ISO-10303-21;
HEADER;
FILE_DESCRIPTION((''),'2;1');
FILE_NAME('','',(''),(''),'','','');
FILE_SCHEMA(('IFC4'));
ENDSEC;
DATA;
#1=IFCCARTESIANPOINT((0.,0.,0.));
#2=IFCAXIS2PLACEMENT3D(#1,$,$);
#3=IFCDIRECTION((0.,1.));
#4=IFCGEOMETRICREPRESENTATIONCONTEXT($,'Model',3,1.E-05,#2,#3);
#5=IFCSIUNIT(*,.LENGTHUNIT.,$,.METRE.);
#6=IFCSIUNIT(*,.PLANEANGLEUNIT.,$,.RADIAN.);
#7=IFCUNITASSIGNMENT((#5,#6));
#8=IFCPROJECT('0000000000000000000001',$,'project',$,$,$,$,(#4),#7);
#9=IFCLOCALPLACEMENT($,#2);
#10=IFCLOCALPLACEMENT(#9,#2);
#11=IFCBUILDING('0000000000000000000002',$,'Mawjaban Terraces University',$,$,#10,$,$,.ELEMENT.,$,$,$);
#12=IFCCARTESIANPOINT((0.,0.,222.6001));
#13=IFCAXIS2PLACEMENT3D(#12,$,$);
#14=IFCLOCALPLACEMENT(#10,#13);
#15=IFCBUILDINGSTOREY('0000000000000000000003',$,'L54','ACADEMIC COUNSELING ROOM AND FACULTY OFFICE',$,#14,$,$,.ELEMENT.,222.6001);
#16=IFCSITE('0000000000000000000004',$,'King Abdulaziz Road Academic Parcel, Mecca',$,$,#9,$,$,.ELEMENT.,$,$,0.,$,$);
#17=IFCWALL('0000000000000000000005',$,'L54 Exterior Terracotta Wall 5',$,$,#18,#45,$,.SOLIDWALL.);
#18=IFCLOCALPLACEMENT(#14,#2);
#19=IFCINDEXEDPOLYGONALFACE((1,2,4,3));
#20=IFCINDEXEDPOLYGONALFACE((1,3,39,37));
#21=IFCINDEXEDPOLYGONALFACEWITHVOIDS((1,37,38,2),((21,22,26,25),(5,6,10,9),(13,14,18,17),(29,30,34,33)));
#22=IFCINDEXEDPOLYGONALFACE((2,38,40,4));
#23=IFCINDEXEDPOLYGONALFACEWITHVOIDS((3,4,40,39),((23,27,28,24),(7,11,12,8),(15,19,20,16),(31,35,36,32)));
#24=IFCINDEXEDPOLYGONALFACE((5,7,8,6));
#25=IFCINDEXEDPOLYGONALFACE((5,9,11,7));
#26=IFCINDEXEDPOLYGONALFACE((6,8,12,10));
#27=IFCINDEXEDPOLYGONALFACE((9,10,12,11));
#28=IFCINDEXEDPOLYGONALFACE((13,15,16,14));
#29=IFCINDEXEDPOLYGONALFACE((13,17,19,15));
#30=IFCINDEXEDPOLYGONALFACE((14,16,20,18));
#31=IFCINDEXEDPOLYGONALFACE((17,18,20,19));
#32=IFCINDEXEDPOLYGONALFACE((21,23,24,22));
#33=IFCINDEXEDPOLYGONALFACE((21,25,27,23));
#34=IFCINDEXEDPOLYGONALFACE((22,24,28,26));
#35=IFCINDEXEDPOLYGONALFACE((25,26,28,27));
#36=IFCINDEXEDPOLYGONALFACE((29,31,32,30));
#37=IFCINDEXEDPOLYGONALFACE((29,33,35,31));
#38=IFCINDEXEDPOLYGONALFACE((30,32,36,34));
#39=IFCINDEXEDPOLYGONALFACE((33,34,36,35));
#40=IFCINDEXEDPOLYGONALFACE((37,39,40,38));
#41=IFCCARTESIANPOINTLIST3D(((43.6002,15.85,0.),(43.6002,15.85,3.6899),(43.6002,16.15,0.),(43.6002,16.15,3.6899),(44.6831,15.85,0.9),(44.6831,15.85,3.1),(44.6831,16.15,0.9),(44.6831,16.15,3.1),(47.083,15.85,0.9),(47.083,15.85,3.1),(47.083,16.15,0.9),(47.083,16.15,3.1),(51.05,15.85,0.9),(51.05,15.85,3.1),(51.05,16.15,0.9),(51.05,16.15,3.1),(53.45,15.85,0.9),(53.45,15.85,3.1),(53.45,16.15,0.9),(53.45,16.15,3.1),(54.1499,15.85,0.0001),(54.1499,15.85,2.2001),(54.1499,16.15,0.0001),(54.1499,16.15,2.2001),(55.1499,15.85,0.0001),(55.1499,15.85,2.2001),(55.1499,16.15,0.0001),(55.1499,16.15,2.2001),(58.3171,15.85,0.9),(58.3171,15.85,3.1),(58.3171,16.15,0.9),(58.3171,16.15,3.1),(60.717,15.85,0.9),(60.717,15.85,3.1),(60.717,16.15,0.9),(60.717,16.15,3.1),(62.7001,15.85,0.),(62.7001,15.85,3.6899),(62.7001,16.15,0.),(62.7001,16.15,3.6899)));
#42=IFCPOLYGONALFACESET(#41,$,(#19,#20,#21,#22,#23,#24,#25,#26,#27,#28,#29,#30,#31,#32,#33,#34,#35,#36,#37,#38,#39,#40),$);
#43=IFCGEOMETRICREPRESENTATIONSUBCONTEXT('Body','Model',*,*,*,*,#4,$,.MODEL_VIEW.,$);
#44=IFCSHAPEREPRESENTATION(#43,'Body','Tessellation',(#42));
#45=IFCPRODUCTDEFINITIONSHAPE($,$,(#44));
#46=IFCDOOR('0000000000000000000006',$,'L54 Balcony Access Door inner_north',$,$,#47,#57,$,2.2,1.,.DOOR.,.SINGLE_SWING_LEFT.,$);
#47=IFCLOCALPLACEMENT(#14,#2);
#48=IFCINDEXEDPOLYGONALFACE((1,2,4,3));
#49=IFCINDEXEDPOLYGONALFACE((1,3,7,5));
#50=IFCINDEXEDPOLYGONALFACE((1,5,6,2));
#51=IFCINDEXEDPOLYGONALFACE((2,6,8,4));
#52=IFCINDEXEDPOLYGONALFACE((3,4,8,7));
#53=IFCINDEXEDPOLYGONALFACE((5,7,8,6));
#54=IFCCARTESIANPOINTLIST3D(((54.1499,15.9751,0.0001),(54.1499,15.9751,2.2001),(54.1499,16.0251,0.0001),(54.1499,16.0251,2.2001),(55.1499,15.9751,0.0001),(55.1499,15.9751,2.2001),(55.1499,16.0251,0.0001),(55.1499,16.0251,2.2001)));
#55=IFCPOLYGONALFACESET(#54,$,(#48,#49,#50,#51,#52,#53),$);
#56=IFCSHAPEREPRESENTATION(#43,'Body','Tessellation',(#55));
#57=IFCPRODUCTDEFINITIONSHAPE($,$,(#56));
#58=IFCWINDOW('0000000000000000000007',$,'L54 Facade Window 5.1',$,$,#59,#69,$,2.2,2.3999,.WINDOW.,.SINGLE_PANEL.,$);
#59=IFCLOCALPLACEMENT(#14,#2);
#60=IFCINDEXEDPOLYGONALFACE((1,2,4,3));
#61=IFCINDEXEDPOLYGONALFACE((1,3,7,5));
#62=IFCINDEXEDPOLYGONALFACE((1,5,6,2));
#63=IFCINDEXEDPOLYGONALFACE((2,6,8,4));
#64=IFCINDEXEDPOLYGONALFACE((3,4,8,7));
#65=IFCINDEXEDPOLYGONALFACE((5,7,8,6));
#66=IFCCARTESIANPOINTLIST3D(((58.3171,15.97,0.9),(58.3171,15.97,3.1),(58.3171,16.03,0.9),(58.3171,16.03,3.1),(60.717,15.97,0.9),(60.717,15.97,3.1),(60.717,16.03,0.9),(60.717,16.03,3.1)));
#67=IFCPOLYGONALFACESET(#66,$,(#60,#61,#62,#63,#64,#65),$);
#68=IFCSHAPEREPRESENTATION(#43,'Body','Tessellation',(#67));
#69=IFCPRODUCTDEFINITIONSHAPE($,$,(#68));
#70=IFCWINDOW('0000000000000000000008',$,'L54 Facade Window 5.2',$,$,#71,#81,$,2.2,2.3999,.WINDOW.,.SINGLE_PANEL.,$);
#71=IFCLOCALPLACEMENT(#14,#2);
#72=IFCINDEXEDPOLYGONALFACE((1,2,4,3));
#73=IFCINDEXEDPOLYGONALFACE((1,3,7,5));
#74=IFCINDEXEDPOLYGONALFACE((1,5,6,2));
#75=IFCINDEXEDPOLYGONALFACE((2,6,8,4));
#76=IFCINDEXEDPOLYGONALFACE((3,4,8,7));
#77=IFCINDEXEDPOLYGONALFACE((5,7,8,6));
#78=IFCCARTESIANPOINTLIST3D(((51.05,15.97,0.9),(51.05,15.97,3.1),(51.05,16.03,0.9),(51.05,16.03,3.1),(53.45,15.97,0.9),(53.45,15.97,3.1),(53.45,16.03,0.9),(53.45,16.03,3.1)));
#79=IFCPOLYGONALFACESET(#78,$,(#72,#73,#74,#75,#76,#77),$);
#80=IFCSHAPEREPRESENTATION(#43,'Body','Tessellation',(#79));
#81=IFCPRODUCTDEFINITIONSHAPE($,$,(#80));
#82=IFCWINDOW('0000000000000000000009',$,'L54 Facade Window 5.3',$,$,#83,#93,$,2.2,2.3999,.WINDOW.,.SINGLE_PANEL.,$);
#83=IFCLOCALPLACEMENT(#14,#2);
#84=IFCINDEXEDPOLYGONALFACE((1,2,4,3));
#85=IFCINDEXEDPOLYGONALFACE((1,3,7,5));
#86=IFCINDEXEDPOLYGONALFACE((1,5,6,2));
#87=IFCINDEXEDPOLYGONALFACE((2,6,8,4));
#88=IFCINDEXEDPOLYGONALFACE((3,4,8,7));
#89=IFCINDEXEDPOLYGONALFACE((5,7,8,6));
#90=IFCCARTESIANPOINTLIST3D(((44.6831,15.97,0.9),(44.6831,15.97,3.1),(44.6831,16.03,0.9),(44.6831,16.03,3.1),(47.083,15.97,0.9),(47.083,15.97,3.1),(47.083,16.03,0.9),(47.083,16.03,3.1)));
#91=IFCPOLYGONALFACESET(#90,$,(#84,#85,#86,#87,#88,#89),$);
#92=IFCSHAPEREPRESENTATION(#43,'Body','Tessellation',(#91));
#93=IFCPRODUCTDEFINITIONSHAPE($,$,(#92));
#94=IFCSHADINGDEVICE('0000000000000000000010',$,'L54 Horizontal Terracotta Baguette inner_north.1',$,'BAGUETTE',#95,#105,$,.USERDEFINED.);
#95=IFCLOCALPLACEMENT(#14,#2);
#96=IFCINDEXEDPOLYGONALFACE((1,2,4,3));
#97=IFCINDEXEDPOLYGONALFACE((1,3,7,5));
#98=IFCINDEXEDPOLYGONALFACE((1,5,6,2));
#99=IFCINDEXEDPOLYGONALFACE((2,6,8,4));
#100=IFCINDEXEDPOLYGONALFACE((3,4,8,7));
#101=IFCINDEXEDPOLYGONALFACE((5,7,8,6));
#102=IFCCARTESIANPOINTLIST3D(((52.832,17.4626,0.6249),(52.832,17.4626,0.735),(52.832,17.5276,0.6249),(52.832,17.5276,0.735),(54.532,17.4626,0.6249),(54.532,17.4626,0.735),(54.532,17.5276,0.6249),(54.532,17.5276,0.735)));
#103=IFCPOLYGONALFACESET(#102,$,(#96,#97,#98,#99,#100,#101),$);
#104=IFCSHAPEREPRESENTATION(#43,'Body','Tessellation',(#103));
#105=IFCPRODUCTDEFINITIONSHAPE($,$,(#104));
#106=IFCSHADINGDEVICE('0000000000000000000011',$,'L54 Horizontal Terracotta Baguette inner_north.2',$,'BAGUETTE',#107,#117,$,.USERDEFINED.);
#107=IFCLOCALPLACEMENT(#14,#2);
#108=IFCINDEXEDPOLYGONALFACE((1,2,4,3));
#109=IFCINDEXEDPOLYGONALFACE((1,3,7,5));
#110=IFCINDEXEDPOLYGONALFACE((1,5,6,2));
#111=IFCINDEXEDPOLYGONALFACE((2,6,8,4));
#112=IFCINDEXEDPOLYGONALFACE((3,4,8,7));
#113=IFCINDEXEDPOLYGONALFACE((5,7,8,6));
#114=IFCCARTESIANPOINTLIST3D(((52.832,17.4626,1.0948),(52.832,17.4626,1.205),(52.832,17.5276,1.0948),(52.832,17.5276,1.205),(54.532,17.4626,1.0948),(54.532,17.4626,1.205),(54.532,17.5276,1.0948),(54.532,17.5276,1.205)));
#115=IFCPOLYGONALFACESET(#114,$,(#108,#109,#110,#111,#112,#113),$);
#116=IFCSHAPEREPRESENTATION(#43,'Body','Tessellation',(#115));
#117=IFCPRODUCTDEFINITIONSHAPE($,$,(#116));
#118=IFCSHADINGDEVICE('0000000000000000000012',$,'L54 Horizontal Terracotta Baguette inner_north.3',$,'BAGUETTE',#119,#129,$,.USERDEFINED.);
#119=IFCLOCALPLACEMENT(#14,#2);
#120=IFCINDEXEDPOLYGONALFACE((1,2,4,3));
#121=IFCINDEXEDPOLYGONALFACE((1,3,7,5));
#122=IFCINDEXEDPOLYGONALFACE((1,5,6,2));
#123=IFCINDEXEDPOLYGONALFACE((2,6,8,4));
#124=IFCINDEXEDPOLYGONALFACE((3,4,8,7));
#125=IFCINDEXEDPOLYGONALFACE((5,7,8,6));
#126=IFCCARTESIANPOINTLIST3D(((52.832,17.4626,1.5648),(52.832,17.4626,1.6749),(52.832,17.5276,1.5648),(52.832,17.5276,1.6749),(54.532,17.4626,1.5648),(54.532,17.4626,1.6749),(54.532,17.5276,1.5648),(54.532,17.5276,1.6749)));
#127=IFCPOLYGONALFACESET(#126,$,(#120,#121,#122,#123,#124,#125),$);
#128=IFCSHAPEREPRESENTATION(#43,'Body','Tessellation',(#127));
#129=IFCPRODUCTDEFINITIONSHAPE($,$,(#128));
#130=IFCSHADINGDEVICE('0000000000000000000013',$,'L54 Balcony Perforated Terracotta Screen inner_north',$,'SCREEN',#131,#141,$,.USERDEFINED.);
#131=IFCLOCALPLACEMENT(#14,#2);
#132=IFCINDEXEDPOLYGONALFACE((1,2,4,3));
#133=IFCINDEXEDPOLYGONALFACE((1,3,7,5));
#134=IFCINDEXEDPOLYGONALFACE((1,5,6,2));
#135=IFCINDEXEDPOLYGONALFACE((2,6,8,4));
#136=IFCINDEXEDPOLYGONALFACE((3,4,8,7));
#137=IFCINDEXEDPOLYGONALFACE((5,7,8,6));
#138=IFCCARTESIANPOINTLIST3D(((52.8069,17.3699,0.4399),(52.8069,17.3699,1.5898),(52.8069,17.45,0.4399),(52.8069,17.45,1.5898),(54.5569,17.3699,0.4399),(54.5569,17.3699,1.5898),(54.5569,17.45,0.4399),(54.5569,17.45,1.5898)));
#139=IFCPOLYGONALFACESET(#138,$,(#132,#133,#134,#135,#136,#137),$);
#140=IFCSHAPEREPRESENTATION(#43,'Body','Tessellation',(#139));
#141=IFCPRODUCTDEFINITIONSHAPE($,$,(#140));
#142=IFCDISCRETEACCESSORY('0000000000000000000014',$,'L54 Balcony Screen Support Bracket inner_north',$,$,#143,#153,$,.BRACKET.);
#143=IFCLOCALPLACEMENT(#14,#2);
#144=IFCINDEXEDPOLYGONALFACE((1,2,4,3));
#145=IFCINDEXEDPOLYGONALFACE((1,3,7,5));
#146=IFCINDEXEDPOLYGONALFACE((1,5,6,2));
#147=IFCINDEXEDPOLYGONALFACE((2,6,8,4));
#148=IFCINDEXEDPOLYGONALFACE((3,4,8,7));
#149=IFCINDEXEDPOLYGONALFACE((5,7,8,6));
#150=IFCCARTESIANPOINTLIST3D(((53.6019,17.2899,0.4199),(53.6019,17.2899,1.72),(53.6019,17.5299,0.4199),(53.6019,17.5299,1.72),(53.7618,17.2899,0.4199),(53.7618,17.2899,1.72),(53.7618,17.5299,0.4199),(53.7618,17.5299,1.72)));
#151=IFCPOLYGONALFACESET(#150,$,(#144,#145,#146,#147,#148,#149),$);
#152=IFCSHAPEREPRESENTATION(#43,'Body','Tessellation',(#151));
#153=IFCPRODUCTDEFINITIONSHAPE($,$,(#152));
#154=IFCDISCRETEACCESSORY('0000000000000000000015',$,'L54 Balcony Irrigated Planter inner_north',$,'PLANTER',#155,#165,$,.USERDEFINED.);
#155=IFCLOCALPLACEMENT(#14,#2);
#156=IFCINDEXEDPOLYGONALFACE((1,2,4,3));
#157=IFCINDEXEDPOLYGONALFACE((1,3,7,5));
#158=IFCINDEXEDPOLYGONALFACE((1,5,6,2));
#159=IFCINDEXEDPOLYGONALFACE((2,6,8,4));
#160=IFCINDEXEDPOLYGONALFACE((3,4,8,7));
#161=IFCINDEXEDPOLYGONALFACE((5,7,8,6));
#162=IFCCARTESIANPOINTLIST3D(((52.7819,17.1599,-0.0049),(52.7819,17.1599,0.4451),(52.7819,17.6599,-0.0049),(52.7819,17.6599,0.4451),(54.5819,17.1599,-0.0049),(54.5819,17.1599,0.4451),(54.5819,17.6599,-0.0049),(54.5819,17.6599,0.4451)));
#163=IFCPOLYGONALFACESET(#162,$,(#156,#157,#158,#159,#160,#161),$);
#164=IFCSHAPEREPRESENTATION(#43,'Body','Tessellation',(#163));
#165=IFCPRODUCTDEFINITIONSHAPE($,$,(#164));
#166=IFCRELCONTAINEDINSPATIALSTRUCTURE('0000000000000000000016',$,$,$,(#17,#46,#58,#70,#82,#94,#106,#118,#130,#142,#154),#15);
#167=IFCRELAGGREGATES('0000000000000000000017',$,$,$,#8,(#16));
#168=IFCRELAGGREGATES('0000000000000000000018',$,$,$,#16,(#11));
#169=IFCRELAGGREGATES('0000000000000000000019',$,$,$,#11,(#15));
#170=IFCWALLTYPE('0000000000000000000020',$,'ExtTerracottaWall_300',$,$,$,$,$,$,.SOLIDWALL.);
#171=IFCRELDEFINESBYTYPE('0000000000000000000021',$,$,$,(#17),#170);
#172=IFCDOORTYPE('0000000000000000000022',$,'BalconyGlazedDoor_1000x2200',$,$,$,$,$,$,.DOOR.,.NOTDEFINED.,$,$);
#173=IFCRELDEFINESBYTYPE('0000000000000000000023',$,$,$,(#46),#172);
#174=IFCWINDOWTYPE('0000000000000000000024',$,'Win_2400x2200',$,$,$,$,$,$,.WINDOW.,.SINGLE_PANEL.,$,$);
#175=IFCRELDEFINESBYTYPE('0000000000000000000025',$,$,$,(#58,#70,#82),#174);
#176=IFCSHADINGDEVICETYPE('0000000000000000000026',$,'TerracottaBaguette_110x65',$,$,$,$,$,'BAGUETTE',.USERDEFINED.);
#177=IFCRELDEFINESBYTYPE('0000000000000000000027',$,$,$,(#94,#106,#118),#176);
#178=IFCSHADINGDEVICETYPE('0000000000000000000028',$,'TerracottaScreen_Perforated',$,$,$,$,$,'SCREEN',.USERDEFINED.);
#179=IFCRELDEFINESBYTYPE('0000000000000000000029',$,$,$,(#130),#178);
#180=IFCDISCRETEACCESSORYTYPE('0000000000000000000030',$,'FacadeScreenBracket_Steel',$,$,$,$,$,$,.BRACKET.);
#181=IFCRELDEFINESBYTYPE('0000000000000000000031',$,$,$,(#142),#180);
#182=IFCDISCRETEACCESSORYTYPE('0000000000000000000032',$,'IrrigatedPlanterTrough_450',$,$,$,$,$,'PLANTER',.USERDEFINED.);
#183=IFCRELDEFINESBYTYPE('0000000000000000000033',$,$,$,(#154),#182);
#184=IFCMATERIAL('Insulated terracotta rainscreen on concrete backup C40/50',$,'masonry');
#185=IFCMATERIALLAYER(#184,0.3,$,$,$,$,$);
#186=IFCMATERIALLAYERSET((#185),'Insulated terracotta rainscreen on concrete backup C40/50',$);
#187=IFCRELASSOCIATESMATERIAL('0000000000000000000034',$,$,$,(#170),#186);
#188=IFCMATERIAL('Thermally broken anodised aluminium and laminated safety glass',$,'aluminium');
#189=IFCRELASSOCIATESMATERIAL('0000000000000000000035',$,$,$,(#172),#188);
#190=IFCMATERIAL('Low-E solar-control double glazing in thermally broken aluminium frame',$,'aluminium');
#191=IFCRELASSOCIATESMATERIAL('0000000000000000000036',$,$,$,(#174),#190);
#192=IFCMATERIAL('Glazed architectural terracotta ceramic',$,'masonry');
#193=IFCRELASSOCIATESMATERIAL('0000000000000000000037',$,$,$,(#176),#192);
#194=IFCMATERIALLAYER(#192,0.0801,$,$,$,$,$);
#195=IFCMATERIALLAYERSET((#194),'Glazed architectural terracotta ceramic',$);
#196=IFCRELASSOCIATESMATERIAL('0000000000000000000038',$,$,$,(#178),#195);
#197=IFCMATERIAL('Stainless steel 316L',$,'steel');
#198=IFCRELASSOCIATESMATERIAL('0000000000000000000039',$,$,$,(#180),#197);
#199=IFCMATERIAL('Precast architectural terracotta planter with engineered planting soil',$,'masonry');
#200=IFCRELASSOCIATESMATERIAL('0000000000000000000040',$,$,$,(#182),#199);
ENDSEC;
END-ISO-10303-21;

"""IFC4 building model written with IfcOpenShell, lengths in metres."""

from ifc_helpers import new_model, si_unit, direction, frame, frame_2d, origin, origin_2d, place, context, subcontext, project, spatial, rectangle, extrude, material, layer, layer_set, material_profile, profile_set, type_object, element, fill, save


model = new_model("IFC4")

# Units and contexts
model_context = context("Model", 3, precision=1e-05, world=origin(), true_north=direction((0.0, 1.0)))
body_context = subcontext(model_context, "Body", "Model", "MODEL_VIEW")
ifc_project = project(units=[si_unit("LENGTHUNIT", "METRE"), si_unit("PLANEANGLEUNIT", "RADIAN")], contexts=[model_context])

# Site, building, storey
site_placement = place(None, origin())
site = spatial("IfcSite", under=ifc_project, at=site_placement, Name="King Abdulaziz Road Academic Parcel, Mecca", CompositionType="ELEMENT", RefElevation=0.0)
building_placement = place(site_placement, origin())
building = spatial("IfcBuilding", under=site, at=building_placement, Name="Mawjaban Terraces University", CompositionType="ELEMENT")
storey_placement = place(building_placement, frame((0.0, 0.0, 222.6001)))
storey = spatial("IfcBuildingStorey", under=building, at=storey_placement, Name="L54", Description="ACADEMIC COUNSELING ROOM AND FACULTY OFFICE", CompositionType="ELEMENT", Elevation=222.6001)

# Shared definitions
ifc_material_1 = material(Name="Insulated terracotta rainscreen on concrete backup C40/50", Category="masonry")
ifc_layer_1 = layer(ifc_material_1, 0.3)
ifc_layer_set_1 = layer_set([ifc_layer_1], Name="Insulated terracotta rainscreen on concrete backup C40/50")
wall_type = type_object("IfcWallType", Name="ExtTerracottaWall_300", PredefinedType="SOLIDWALL", material=ifc_layer_set_1)

# Wall, openings, door, windows
wall_1_placement = place(storey_placement, frame((62.7, 16.0, 0.0), z_axis=(0.0, 0.0, 1.0), x_axis=(-1.0, 0.0, 0.0)))
wall_1 = element("IfcWall", 1, at=wall_1_placement, inside=storey, type_object=wall_type, Name="L54 Exterior Terracotta Wall 5", PredefinedType="SOLIDWALL", context=body_context, shape_type="SweptSolid", body=[
    extrude(rectangle(XDim=19.0999, YDim=0.3, at=frame_2d((9.5498, 0.0))), origin(), (0.0, 0.0, 1.0), 3.6899),
])
opening_1_placement = place(wall_1_placement, frame((7.55, 0.0, 0.0)))
opening_1 = element("IfcOpeningElement", 2, at=opening_1_placement, cuts=wall_1, PredefinedType="OPENING", context=body_context, shape_type="SweptSolid", body=[
    extrude(rectangle(XDim=1.0, YDim=2.2, at=frame_2d((0.5, 1.1001))), frame((0.0, 0.1599, 0.0), z_axis=(0.0, -1.0, 0.0), x_axis=(1.0, 0.0, 0.0)), (0.0, 0.0, 1.0), 0.3201),
])
opening_2_placement = place(wall_1_placement, frame((1.9829, 0.0, 0.8999)))
opening_2 = element("IfcOpeningElement", 3, at=opening_2_placement, cuts=wall_1, PredefinedType="OPENING", context=body_context, shape_type="SweptSolid", body=[
    extrude(rectangle(XDim=2.3999, YDim=2.2, at=frame_2d((1.2, 1.1001))), frame((0.0, 0.1599, 0.0), z_axis=(0.0, -1.0, 0.0), x_axis=(1.0, 0.0, 0.0)), (0.0, 0.0, 1.0), 0.3201),
])
opening_3_placement = place(wall_1_placement, frame((9.25, 0.0, 0.8999)))
opening_3 = element("IfcOpeningElement", 4, at=opening_3_placement, cuts=wall_1, PredefinedType="OPENING", context=body_context, shape_type="SweptSolid", body=[
    extrude(rectangle(XDim=2.3999, YDim=2.2, at=frame_2d((1.2, 1.1001))), frame((0.0, 0.1599, 0.0), z_axis=(0.0, -1.0, 0.0), x_axis=(1.0, 0.0, 0.0)), (0.0, 0.0, 1.0), 0.3201),
])
opening_4_placement = place(wall_1_placement, frame((15.6169, 0.0, 0.8999)))
opening_4 = element("IfcOpeningElement", 5, at=opening_4_placement, cuts=wall_1, PredefinedType="OPENING", context=body_context, shape_type="SweptSolid", body=[
    extrude(rectangle(XDim=2.3999, YDim=2.2, at=frame_2d((1.2, 1.1001))), frame((0.0, 0.1599, 0.0), z_axis=(0.0, -1.0, 0.0), x_axis=(1.0, 0.0, 0.0)), (0.0, 0.0, 1.0), 0.3201),
])
ifc_material_2 = material(Name="Thermally broken anodised aluminium and laminated safety glass", Category="aluminium")
door_type = type_object("IfcDoorType", Name="BalconyGlazedDoor_1000x2200", OperationType="NOTDEFINED", PredefinedType="DOOR", material=ifc_material_2)
door_placement = place(opening_1_placement, origin())
door = element("IfcDoor", 6, at=door_placement, inside=storey, type_object=door_type, Name="L54 Balcony Access Door inner_north", OperationType="SINGLE_SWING_LEFT", OverallHeight=2.2, OverallWidth=1.0, PredefinedType="DOOR", context=body_context, shape_type="SweptSolid", body=[
    extrude(rectangle(XDim=1.0, YDim=2.2, at=frame_2d((0.5, 1.1001))), frame((0.0, 0.0249, 0.0), z_axis=(0.0, -1.0, 0.0), x_axis=(1.0, 0.0, 0.0)), (0.0, 0.0, 1.0), 0.05),
])
fill(opening_1, door)
ifc_material_3 = material(Name="Low-E solar-control double glazing in thermally broken aluminium frame", Category="aluminium")
window_type = type_object("IfcWindowType", Name="Win_2400x2200", PartitioningType="SINGLE_PANEL", PredefinedType="WINDOW", material=ifc_material_3)
window_1_placement = place(opening_2_placement, origin())
window_1 = element("IfcWindow", 7, at=window_1_placement, inside=storey, type_object=window_type, Name="L54 Facade Window 5.1", OverallHeight=2.2, OverallWidth=2.3999, PartitioningType="SINGLE_PANEL", PredefinedType="WINDOW", context=body_context, shape_type="SweptSolid", body=[
    extrude(rectangle(XDim=2.3999, YDim=2.2, at=frame_2d((1.2, 1.1001))), frame((0.0, 0.03, 0.0), z_axis=(0.0, -1.0, 0.0), x_axis=(1.0, 0.0, 0.0)), (0.0, 0.0, 1.0), 0.0601),
])
fill(opening_2, window_1)
window_2_placement = place(opening_3_placement, origin())
window_2 = element("IfcWindow", 8, at=window_2_placement, inside=storey, type_object=window_type, Name="L54 Facade Window 5.2", OverallHeight=2.2, OverallWidth=2.3999, PartitioningType="SINGLE_PANEL", PredefinedType="WINDOW", context=body_context, shape_type="SweptSolid", body=[
    extrude(rectangle(XDim=2.3999, YDim=2.2, at=frame_2d((1.2, 1.1001))), frame((0.0, 0.03, 0.0), z_axis=(0.0, -1.0, 0.0), x_axis=(1.0, 0.0, 0.0)), (0.0, 0.0, 1.0), 0.0601),
])
fill(opening_3, window_2)
window_3_placement = place(opening_4_placement, origin())
window_3 = element("IfcWindow", 9, at=window_3_placement, inside=storey, type_object=window_type, Name="L54 Facade Window 5.3", OverallHeight=2.2, OverallWidth=2.3999, PartitioningType="SINGLE_PANEL", PredefinedType="WINDOW", context=body_context, shape_type="SweptSolid", body=[
    extrude(rectangle(XDim=2.3999, YDim=2.2, at=frame_2d((1.2, 1.1001))), frame((0.0, 0.03, 0.0), z_axis=(0.0, -1.0, 0.0), x_axis=(1.0, 0.0, 0.0)), (0.0, 0.0, 1.0), 0.0601),
])
fill(opening_4, window_3)

# Shading devices
ifc_material_4 = material(Name="Glazed architectural terracotta ceramic", Category="masonry")
ifc_material_profile_1 = material_profile(ifc_material_4, rectangle(XDim=0.0649, YDim=0.1101, at=origin_2d()), Name="TBAG110X65")
ifc_profile_set_1 = profile_set([ifc_material_profile_1], Name="Glazed architectural terracotta ceramic")
shading_device_type_1 = type_object("IfcShadingDeviceType", Name="TerracottaBaguette_110x65", ElementType="BAGUETTE", PredefinedType="USERDEFINED", material=ifc_profile_set_1)
for number, where, z_axis, x_axis, name in (
    (10, (52.832, 17.4951, 0.6799), (1.0, 0.0, 0.0), (0.0, 1.0, 0.0), "L54 Horizontal Terracotta Baguette inner_north.1"),
    (11, (52.832, 17.4951, 1.1499), (1.0, 0.0, 0.0), (0.0, 1.0, 0.0), "L54 Horizontal Terracotta Baguette inner_north.2"),
    (12, (52.832, 17.4951, 1.6199), (1.0, 0.0, 0.0), (0.0, 1.0, 0.0), "L54 Horizontal Terracotta Baguette inner_north.3"),
):
    element("IfcShadingDevice", number, at=place(storey_placement, frame(where, z_axis=z_axis, x_axis=x_axis)), inside=storey, type_object=shading_device_type_1, Name=name, ObjectType="BAGUETTE", PredefinedType="USERDEFINED", context=body_context, shape_type="SweptSolid", body=[
        extrude(rectangle(XDim=0.0649, YDim=0.1101, at=origin_2d()), origin(), (0.0, 0.0, 1.0), 1.7),
    ])
ifc_layer_2 = layer(ifc_material_4, 0.0801)
ifc_layer_set_2 = layer_set([ifc_layer_2], Name="Glazed architectural terracotta ceramic")
shading_device_type_2 = type_object("IfcShadingDeviceType", Name="TerracottaScreen_Perforated", ElementType="SCREEN", PredefinedType="USERDEFINED", material=ifc_layer_set_2)
shading_device_placement = place(storey_placement, frame((53.6819, 17.4099, 0.4399), z_axis=(0.0, 0.0, 1.0), x_axis=(1.0, 0.0, 0.0)))
element("IfcShadingDevice", 13, at=shading_device_placement, inside=storey, type_object=shading_device_type_2, Name="L54 Balcony Perforated Terracotta Screen inner_north", ObjectType="SCREEN", PredefinedType="USERDEFINED", context=body_context, shape_type="SweptSolid", body=[
    extrude(rectangle(XDim=1.75, YDim=0.0801, at=origin_2d()), origin(), (0.0, 0.0, 1.0), 1.1499),
])

# Discrete accessories
ifc_material_5 = material(Name="Stainless steel 316L", Category="steel")
discrete_accessory_type_1 = type_object("IfcDiscreteAccessoryType", Name="FacadeScreenBracket_Steel", PredefinedType="BRACKET", material=ifc_material_5)
discrete_accessory_1_placement = place(storey_placement, frame((53.6819, 17.4099, 0.4199), z_axis=(0.0, 0.0, 1.0), x_axis=(1.0, 0.0, 0.0)))
element("IfcDiscreteAccessory", 14, at=discrete_accessory_1_placement, inside=storey, type_object=discrete_accessory_type_1, Name="L54 Balcony Screen Support Bracket inner_north", PredefinedType="BRACKET", context=body_context, shape_type="SweptSolid", body=[
    extrude(rectangle(XDim=0.1599, YDim=0.24, at=origin_2d()), origin(), (0.0, 0.0, 1.0), 1.3),
])
ifc_material_6 = material(Name="Precast architectural terracotta planter with engineered planting soil", Category="masonry")
discrete_accessory_type_2 = type_object("IfcDiscreteAccessoryType", Name="IrrigatedPlanterTrough_450", ElementType="PLANTER", PredefinedType="USERDEFINED", material=ifc_material_6)
discrete_accessory_2_placement = place(storey_placement, frame((53.6819, 17.4099, -0.0049), z_axis=(0.0, 0.0, 1.0), x_axis=(1.0, 0.0, 0.0)))
element("IfcDiscreteAccessory", 15, at=discrete_accessory_2_placement, inside=storey, type_object=discrete_accessory_type_2, Name="L54 Balcony Irrigated Planter inner_north", ObjectType="PLANTER", PredefinedType="USERDEFINED", context=body_context, shape_type="SweptSolid", body=[
    extrude(rectangle(XDim=1.8, YDim=0.5, at=origin_2d()), origin(), (0.0, 0.0, 1.0), 0.45),
])

save(model, "model.ifc")
